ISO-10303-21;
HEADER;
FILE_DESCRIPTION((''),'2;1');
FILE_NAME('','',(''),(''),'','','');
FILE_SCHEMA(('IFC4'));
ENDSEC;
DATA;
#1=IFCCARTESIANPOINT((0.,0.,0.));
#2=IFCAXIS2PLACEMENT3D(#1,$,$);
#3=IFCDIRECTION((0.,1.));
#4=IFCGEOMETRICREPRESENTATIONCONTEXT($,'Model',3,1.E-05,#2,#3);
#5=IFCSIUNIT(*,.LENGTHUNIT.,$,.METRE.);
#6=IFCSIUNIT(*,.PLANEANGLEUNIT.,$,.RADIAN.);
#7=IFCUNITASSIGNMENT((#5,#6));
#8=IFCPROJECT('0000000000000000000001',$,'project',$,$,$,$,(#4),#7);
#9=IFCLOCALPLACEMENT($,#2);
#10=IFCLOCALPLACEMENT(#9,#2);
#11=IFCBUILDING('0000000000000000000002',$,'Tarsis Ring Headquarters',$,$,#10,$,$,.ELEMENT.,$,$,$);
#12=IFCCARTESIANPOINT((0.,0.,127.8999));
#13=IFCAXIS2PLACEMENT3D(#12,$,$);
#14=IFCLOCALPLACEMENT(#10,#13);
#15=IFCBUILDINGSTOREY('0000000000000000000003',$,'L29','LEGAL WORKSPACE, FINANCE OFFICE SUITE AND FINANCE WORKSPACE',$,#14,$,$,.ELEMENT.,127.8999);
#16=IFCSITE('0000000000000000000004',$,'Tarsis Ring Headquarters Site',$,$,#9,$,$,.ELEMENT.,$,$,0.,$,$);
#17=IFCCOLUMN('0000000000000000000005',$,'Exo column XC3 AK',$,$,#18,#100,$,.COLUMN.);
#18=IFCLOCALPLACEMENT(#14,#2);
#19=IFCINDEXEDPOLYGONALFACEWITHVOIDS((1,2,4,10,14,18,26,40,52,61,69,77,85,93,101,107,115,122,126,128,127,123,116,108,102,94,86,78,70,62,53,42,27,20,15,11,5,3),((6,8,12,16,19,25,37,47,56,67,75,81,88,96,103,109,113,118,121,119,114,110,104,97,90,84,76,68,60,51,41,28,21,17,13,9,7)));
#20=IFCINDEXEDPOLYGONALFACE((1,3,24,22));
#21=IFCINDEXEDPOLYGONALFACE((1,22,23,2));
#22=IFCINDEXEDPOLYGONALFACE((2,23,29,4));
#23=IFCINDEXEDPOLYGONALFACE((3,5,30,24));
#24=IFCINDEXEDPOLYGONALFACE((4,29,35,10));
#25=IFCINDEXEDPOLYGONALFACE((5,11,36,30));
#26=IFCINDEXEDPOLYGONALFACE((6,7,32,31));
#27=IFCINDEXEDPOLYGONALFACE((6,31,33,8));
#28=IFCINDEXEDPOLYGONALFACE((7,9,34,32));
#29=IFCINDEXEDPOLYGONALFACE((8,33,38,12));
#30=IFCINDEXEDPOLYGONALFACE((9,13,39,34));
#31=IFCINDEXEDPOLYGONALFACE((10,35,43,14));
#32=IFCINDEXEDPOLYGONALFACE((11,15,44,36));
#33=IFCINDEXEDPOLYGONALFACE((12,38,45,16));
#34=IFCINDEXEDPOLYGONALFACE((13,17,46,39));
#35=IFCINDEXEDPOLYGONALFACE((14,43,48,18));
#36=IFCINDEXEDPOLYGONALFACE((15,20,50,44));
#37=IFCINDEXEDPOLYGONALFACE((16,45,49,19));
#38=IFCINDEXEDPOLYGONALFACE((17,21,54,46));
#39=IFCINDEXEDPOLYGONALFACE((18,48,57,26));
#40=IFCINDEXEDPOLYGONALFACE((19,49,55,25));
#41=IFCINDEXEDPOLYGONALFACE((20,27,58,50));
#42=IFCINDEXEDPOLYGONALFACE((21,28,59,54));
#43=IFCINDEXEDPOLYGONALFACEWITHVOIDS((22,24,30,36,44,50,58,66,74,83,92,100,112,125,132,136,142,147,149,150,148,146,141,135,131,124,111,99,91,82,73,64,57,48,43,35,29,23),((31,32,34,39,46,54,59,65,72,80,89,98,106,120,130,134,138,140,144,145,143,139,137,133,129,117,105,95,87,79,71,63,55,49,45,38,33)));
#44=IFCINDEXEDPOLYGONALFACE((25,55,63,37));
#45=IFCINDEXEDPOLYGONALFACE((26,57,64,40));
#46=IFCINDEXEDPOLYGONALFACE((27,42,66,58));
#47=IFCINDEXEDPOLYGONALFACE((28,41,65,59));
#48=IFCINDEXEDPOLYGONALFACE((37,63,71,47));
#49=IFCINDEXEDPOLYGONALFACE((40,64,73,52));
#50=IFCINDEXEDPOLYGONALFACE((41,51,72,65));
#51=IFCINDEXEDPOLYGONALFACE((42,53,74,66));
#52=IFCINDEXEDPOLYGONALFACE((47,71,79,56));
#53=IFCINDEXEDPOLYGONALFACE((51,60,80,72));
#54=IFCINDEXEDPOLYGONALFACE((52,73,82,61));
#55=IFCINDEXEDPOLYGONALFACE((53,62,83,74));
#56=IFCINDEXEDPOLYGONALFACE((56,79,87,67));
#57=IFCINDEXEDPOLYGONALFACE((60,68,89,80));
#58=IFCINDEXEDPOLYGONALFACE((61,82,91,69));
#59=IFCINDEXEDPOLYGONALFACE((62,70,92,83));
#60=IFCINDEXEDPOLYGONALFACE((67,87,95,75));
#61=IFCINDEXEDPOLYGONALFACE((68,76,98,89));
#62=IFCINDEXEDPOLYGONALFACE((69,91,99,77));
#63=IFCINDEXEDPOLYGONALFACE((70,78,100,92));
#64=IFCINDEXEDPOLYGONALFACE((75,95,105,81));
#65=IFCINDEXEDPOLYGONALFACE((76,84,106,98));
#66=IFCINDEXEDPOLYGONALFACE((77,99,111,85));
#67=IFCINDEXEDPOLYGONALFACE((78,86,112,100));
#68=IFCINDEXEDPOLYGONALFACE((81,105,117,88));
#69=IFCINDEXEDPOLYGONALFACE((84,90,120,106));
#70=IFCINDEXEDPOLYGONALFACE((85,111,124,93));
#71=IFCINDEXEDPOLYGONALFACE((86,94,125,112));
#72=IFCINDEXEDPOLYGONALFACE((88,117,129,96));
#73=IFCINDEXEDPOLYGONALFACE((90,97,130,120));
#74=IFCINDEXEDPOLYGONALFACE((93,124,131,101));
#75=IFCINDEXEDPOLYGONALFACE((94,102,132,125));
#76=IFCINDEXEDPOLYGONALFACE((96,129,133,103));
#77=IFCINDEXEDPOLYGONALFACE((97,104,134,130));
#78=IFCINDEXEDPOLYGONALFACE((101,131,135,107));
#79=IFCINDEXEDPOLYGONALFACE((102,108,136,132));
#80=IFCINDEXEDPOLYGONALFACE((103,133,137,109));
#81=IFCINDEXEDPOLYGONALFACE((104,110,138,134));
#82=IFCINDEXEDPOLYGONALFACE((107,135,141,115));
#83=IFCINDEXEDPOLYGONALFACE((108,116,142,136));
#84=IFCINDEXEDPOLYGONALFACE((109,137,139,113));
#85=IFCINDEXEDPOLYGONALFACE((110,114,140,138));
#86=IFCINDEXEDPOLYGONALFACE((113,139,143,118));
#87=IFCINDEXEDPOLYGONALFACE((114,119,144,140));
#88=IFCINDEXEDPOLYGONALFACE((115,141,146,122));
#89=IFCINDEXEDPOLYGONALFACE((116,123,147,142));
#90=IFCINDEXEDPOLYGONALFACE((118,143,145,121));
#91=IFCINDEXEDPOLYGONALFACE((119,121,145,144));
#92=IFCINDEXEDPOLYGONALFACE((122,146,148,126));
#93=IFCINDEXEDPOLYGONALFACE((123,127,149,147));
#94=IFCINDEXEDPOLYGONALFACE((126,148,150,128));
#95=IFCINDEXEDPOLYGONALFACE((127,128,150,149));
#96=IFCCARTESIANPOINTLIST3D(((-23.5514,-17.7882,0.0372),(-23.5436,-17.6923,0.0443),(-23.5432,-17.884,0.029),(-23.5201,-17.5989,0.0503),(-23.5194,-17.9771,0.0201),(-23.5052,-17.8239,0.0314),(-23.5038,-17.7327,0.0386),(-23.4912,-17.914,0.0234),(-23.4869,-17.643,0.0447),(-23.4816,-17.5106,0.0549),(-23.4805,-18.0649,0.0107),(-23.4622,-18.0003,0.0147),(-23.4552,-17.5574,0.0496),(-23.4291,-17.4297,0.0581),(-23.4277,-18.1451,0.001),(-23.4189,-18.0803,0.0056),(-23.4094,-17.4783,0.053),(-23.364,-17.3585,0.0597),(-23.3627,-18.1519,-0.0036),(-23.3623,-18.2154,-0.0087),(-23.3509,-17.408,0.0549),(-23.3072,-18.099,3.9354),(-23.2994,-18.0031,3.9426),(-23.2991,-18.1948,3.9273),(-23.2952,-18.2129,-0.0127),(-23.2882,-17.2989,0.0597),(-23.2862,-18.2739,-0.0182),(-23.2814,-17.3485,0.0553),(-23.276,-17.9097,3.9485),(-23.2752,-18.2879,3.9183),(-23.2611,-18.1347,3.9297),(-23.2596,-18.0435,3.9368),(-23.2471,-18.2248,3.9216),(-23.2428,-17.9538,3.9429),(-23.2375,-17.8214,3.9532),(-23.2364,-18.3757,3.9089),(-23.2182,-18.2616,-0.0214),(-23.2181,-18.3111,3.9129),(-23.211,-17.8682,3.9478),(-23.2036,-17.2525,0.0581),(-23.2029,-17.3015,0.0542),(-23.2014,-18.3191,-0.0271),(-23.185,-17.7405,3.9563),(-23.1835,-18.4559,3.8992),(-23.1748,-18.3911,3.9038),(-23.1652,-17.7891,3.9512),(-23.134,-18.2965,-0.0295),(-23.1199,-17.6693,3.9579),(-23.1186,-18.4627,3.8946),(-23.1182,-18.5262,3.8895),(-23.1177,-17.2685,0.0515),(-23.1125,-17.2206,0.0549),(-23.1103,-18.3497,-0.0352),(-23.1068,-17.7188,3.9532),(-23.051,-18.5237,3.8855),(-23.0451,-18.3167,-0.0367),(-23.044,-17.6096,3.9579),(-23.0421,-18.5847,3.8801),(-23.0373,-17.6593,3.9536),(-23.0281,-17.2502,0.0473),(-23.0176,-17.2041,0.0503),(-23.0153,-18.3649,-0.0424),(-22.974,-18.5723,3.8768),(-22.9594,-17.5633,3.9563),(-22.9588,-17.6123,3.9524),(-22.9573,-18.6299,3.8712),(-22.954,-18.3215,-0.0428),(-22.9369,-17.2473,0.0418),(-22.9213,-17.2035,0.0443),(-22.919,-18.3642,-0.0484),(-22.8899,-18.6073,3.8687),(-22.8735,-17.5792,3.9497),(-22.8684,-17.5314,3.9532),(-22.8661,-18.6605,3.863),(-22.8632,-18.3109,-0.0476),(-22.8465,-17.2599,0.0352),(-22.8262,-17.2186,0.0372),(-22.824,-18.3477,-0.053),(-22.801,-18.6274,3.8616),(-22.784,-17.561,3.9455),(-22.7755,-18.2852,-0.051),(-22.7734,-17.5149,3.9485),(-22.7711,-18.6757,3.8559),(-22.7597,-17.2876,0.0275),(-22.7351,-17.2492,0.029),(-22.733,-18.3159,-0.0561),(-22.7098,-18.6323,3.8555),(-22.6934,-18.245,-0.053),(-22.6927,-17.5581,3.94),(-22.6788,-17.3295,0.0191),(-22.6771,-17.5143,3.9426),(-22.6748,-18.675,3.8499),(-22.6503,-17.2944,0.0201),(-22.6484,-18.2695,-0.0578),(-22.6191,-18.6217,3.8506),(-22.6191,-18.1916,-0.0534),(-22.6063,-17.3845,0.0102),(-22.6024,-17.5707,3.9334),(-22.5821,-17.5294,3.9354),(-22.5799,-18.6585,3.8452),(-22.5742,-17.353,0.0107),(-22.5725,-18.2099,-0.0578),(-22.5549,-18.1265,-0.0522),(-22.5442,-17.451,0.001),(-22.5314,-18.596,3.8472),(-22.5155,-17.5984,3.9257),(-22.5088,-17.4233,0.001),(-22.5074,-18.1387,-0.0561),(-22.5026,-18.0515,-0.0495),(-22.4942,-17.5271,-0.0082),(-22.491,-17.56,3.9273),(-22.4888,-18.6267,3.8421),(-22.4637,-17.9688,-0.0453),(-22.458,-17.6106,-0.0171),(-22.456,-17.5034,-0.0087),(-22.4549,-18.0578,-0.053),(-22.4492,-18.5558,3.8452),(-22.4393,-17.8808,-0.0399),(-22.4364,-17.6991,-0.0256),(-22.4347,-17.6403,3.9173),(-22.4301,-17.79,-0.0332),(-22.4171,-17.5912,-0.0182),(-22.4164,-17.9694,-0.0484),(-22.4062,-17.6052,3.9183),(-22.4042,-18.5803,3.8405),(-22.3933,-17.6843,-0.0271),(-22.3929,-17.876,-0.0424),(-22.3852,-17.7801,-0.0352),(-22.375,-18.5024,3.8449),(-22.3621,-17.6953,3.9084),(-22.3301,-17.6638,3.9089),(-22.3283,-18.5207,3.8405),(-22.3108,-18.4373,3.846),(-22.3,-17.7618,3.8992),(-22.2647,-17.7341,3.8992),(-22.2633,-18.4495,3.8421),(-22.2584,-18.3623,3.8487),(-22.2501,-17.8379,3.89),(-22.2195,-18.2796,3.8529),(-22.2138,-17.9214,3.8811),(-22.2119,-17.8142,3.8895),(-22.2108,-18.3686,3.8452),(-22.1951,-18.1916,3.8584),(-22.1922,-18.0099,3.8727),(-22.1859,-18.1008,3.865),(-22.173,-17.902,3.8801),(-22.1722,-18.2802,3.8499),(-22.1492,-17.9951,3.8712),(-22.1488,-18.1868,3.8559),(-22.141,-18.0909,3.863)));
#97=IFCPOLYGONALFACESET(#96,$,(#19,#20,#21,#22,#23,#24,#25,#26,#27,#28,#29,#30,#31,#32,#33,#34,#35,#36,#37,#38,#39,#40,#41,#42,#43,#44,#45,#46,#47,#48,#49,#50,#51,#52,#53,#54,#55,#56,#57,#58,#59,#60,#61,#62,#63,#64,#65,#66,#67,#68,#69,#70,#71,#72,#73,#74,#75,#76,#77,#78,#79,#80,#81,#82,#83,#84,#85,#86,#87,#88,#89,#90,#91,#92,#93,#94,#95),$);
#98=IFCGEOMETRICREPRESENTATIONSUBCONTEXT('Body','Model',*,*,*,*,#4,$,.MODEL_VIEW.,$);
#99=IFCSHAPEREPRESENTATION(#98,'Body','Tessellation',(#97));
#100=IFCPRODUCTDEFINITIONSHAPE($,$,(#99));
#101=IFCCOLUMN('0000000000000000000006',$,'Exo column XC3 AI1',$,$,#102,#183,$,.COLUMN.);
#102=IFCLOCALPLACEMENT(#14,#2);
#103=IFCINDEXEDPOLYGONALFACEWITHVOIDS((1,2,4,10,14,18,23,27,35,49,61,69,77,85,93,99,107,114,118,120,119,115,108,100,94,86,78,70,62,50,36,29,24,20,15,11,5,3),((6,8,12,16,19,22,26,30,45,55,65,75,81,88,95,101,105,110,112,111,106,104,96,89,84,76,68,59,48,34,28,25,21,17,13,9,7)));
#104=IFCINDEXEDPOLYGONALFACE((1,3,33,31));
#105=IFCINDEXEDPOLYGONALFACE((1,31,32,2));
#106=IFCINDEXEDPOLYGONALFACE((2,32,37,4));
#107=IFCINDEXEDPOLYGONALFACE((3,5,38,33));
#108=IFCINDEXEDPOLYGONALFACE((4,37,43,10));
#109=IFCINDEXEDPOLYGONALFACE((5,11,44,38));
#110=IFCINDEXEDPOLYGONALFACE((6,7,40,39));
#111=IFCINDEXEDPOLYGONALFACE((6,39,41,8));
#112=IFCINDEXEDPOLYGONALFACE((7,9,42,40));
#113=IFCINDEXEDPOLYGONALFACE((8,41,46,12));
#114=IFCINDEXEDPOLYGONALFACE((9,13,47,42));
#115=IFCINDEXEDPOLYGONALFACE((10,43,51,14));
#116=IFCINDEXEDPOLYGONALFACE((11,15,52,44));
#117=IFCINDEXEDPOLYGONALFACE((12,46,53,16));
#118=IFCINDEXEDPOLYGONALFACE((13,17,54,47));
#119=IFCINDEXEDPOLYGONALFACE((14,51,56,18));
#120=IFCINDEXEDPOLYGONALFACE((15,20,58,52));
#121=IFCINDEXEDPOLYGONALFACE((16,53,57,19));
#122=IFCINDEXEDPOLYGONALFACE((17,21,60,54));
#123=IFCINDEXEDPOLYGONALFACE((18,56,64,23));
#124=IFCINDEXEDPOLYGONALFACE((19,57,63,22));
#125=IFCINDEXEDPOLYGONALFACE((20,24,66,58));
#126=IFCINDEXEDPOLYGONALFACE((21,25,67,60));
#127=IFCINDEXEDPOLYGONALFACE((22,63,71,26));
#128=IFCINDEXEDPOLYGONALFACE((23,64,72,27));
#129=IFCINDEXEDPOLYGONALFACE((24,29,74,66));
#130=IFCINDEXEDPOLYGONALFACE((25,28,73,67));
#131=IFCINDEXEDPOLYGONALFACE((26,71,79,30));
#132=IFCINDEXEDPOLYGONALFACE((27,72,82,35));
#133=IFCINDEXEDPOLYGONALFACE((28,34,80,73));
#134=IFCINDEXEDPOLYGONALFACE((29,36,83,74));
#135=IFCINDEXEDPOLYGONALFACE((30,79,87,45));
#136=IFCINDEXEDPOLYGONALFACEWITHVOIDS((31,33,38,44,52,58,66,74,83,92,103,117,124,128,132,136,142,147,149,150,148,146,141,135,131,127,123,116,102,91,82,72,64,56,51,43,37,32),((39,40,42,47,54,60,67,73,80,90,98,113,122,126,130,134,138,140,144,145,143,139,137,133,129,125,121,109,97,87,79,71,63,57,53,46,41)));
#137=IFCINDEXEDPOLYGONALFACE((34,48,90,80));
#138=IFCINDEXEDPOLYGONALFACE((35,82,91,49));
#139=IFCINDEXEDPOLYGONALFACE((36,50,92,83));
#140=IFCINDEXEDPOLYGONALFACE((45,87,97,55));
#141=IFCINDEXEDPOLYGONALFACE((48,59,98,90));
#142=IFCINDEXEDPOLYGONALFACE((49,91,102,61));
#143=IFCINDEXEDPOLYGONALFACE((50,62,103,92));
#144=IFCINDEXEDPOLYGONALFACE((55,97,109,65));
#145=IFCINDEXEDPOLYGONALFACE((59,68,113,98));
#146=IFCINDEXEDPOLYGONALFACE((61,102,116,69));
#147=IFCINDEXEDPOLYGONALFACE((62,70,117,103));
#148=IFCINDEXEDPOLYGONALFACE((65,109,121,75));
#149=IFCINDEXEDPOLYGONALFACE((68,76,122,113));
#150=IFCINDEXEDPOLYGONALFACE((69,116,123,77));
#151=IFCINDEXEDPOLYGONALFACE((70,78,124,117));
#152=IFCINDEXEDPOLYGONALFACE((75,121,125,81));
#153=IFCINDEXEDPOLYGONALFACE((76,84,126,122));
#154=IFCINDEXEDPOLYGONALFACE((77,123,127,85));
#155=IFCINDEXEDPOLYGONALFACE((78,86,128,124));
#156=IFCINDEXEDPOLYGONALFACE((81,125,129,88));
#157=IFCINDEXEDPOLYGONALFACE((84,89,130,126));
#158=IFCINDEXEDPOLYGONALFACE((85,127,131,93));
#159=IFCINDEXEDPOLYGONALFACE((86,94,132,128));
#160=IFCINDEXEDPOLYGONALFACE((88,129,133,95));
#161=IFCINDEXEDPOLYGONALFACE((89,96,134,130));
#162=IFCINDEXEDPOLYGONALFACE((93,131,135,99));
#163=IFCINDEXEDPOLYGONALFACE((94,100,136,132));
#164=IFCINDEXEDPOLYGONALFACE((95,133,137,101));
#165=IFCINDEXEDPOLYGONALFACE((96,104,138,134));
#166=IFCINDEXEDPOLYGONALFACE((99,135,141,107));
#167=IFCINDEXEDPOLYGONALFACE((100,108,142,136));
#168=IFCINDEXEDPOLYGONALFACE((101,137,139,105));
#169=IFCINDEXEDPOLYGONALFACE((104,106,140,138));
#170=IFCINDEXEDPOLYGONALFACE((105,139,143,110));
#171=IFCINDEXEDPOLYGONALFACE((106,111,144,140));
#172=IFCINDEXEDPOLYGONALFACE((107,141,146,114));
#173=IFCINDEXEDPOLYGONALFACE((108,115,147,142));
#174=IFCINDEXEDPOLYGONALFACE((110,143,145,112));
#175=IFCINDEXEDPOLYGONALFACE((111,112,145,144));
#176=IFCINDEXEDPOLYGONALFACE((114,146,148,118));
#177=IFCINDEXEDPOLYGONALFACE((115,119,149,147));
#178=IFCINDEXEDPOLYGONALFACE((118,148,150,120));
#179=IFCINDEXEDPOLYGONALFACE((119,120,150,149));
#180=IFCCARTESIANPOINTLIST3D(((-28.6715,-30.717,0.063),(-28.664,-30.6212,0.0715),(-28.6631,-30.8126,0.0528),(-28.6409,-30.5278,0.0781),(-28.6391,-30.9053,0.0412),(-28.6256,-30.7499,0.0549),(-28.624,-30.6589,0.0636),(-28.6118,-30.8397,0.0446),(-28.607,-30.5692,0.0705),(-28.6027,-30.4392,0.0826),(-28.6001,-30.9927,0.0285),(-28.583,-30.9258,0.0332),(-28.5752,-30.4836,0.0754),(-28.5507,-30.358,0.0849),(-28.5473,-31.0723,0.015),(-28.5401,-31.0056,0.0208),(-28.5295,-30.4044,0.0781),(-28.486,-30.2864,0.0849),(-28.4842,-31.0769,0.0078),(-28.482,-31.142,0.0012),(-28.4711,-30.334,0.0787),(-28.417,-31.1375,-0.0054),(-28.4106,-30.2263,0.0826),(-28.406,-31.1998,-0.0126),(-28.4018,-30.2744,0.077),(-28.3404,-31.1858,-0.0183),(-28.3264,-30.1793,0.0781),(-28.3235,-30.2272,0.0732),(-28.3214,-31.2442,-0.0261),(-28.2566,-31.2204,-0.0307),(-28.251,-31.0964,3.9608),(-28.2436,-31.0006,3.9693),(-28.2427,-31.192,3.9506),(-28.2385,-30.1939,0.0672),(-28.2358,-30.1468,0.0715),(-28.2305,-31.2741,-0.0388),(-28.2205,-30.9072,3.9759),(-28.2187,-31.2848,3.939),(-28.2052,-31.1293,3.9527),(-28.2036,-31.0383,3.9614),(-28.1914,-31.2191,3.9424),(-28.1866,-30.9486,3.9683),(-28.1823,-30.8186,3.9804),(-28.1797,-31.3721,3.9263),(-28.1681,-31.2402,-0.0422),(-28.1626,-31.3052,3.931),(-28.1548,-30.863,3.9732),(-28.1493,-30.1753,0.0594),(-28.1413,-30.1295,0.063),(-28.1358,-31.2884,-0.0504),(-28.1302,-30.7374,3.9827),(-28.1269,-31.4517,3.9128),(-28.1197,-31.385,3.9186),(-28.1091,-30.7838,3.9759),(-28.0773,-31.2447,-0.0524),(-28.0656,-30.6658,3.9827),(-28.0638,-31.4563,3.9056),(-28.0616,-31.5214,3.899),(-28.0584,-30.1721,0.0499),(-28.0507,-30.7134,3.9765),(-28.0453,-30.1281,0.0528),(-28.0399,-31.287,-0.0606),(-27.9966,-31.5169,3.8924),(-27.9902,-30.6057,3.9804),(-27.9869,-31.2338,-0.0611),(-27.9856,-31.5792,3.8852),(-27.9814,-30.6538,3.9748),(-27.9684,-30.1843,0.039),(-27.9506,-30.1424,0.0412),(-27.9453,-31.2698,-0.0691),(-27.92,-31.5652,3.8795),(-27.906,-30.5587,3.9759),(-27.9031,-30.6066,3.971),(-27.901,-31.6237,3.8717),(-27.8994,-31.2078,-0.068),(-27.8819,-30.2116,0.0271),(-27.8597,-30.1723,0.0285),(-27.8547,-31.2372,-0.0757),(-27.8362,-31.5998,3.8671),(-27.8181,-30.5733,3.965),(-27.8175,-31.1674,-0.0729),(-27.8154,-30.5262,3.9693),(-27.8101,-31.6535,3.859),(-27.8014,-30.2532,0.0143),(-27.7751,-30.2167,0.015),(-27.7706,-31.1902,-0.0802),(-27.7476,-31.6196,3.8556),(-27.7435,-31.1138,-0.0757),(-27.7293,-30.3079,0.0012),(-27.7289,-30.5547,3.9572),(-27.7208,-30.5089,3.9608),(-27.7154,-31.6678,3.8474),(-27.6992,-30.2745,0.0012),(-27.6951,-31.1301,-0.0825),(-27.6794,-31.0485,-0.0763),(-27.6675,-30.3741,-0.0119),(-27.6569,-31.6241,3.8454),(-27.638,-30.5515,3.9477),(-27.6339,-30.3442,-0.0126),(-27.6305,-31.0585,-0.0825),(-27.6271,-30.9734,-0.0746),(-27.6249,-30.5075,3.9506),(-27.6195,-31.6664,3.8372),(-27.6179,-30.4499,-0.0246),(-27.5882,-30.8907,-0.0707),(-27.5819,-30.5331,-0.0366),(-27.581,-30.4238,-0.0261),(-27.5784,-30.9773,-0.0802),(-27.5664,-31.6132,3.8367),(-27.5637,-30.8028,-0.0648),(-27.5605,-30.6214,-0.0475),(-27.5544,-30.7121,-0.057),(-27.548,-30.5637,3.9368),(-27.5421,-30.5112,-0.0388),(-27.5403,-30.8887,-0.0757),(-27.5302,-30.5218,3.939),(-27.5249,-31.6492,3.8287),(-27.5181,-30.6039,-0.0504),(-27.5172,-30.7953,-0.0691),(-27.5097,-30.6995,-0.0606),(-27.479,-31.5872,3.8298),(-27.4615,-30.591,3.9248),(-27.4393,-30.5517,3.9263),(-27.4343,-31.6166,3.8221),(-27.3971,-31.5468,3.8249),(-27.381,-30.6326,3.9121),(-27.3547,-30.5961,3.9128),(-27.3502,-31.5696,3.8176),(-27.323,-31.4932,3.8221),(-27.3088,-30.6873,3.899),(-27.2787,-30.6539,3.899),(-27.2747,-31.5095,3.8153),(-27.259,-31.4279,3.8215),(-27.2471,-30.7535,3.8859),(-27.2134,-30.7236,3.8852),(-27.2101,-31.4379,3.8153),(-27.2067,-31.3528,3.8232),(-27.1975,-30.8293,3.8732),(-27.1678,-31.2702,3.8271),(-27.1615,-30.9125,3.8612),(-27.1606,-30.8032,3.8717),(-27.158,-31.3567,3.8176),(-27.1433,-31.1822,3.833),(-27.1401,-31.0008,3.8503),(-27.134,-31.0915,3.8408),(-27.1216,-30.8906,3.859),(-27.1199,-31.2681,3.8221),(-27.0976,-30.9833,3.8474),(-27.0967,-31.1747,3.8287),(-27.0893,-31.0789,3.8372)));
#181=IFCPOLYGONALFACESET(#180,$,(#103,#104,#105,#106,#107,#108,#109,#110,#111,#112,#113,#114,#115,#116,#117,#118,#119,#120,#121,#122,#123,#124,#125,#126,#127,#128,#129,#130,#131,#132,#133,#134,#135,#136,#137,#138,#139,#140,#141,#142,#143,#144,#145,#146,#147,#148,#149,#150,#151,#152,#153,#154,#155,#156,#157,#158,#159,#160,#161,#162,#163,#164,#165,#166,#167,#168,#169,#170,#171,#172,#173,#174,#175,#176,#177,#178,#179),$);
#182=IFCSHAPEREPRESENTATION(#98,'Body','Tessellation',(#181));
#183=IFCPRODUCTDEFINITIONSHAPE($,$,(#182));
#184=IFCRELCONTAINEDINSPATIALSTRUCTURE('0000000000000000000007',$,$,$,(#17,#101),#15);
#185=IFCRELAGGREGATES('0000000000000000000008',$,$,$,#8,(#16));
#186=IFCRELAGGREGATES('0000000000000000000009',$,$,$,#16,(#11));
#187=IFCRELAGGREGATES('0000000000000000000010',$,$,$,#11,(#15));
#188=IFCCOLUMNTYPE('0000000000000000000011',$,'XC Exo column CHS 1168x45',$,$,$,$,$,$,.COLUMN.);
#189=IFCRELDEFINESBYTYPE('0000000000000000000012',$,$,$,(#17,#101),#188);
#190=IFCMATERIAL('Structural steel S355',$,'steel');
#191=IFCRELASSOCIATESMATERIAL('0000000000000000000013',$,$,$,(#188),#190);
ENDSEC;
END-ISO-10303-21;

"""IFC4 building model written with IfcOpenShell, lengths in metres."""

from ifc_helpers import new_model, si_unit, direction, frame, origin, origin_2d, place, context, subcontext, project, spatial, hollow_circle, extrude, material, material_profile, profile_set, type_object, element, save


model = new_model("IFC4")

# Units and contexts
model_context = context("Model", 3, precision=1e-05, world=origin(), true_north=direction((0.0, 1.0)))
body_context = subcontext(model_context, "Body", "Model", "MODEL_VIEW")
ifc_project = project(units=[si_unit("LENGTHUNIT", "METRE"), si_unit("PLANEANGLEUNIT", "RADIAN")], contexts=[model_context])

# Site, building, storey
site_placement = place(None, origin())
site = spatial("IfcSite", under=ifc_project, at=site_placement, Name="Tarsis Ring Headquarters Site", CompositionType="ELEMENT", RefElevation=0.0)
building_placement = place(site_placement, origin())
building = spatial("IfcBuilding", under=site, at=building_placement, Name="Tarsis Ring Headquarters", CompositionType="ELEMENT")
storey_placement = place(building_placement, frame((0.0, 0.0, 127.8999)))
storey = spatial("IfcBuildingStorey", under=building, at=storey_placement, Name="L29", Description="LEGAL WORKSPACE, FINANCE OFFICE SUITE AND FINANCE WORKSPACE", CompositionType="ELEMENT", Elevation=127.8999)

# Columns
ifc_material_1 = material(Name="Structural steel S355", Category="steel")
ifc_material_profile_1 = material_profile(ifc_material_1, hollow_circle(Radius=0.5842, WallThickness=0.0449, at=origin_2d()), Name="CHS 1168x45")
ifc_profile_set_1 = profile_set([ifc_material_profile_1], Name="Structural steel S355")
column_type = type_object("IfcColumnType", Name="XC Exo column CHS 1168x45", PredefinedType="COLUMN", material=ifc_profile_set_1)
column_1_placement = place(storey_placement, frame((-22.9683, -17.7842, 0.001), z_axis=(0.06231, -0.07932, 0.9949), x_axis=(0.786383, 0.61774, 0.0)))
element("IfcColumn", 1, at=column_1_placement, inside=storey, type_object=column_type, Name="Exo column XC3 AK", PredefinedType="COLUMN", context=body_context, shape_type="SweptSolid", body=[
    extrude(hollow_circle(Radius=0.5842, WallThickness=0.0449, at=origin_2d()), origin(), (0.0, 0.0, 1.0), 3.9182),
])
column_2_placement = place(storey_placement, frame((-28.0906, -30.7083, 0.0012), z_axis=(0.10674, -0.096327, 0.98961), x_axis=(0.669965, 0.742393, 0.0)))
element("IfcColumn", 2, at=column_2_placement, inside=storey, type_object=column_type, Name="Exo column XC3 AI1", PredefinedType="COLUMN", context=body_context, shape_type="SweptSolid", body=[
    extrude(hollow_circle(Radius=0.5842, WallThickness=0.0449, at=origin_2d()), origin(), (0.0, 0.0, 1.0), 3.9387),
])

save(model, "model.ifc")
